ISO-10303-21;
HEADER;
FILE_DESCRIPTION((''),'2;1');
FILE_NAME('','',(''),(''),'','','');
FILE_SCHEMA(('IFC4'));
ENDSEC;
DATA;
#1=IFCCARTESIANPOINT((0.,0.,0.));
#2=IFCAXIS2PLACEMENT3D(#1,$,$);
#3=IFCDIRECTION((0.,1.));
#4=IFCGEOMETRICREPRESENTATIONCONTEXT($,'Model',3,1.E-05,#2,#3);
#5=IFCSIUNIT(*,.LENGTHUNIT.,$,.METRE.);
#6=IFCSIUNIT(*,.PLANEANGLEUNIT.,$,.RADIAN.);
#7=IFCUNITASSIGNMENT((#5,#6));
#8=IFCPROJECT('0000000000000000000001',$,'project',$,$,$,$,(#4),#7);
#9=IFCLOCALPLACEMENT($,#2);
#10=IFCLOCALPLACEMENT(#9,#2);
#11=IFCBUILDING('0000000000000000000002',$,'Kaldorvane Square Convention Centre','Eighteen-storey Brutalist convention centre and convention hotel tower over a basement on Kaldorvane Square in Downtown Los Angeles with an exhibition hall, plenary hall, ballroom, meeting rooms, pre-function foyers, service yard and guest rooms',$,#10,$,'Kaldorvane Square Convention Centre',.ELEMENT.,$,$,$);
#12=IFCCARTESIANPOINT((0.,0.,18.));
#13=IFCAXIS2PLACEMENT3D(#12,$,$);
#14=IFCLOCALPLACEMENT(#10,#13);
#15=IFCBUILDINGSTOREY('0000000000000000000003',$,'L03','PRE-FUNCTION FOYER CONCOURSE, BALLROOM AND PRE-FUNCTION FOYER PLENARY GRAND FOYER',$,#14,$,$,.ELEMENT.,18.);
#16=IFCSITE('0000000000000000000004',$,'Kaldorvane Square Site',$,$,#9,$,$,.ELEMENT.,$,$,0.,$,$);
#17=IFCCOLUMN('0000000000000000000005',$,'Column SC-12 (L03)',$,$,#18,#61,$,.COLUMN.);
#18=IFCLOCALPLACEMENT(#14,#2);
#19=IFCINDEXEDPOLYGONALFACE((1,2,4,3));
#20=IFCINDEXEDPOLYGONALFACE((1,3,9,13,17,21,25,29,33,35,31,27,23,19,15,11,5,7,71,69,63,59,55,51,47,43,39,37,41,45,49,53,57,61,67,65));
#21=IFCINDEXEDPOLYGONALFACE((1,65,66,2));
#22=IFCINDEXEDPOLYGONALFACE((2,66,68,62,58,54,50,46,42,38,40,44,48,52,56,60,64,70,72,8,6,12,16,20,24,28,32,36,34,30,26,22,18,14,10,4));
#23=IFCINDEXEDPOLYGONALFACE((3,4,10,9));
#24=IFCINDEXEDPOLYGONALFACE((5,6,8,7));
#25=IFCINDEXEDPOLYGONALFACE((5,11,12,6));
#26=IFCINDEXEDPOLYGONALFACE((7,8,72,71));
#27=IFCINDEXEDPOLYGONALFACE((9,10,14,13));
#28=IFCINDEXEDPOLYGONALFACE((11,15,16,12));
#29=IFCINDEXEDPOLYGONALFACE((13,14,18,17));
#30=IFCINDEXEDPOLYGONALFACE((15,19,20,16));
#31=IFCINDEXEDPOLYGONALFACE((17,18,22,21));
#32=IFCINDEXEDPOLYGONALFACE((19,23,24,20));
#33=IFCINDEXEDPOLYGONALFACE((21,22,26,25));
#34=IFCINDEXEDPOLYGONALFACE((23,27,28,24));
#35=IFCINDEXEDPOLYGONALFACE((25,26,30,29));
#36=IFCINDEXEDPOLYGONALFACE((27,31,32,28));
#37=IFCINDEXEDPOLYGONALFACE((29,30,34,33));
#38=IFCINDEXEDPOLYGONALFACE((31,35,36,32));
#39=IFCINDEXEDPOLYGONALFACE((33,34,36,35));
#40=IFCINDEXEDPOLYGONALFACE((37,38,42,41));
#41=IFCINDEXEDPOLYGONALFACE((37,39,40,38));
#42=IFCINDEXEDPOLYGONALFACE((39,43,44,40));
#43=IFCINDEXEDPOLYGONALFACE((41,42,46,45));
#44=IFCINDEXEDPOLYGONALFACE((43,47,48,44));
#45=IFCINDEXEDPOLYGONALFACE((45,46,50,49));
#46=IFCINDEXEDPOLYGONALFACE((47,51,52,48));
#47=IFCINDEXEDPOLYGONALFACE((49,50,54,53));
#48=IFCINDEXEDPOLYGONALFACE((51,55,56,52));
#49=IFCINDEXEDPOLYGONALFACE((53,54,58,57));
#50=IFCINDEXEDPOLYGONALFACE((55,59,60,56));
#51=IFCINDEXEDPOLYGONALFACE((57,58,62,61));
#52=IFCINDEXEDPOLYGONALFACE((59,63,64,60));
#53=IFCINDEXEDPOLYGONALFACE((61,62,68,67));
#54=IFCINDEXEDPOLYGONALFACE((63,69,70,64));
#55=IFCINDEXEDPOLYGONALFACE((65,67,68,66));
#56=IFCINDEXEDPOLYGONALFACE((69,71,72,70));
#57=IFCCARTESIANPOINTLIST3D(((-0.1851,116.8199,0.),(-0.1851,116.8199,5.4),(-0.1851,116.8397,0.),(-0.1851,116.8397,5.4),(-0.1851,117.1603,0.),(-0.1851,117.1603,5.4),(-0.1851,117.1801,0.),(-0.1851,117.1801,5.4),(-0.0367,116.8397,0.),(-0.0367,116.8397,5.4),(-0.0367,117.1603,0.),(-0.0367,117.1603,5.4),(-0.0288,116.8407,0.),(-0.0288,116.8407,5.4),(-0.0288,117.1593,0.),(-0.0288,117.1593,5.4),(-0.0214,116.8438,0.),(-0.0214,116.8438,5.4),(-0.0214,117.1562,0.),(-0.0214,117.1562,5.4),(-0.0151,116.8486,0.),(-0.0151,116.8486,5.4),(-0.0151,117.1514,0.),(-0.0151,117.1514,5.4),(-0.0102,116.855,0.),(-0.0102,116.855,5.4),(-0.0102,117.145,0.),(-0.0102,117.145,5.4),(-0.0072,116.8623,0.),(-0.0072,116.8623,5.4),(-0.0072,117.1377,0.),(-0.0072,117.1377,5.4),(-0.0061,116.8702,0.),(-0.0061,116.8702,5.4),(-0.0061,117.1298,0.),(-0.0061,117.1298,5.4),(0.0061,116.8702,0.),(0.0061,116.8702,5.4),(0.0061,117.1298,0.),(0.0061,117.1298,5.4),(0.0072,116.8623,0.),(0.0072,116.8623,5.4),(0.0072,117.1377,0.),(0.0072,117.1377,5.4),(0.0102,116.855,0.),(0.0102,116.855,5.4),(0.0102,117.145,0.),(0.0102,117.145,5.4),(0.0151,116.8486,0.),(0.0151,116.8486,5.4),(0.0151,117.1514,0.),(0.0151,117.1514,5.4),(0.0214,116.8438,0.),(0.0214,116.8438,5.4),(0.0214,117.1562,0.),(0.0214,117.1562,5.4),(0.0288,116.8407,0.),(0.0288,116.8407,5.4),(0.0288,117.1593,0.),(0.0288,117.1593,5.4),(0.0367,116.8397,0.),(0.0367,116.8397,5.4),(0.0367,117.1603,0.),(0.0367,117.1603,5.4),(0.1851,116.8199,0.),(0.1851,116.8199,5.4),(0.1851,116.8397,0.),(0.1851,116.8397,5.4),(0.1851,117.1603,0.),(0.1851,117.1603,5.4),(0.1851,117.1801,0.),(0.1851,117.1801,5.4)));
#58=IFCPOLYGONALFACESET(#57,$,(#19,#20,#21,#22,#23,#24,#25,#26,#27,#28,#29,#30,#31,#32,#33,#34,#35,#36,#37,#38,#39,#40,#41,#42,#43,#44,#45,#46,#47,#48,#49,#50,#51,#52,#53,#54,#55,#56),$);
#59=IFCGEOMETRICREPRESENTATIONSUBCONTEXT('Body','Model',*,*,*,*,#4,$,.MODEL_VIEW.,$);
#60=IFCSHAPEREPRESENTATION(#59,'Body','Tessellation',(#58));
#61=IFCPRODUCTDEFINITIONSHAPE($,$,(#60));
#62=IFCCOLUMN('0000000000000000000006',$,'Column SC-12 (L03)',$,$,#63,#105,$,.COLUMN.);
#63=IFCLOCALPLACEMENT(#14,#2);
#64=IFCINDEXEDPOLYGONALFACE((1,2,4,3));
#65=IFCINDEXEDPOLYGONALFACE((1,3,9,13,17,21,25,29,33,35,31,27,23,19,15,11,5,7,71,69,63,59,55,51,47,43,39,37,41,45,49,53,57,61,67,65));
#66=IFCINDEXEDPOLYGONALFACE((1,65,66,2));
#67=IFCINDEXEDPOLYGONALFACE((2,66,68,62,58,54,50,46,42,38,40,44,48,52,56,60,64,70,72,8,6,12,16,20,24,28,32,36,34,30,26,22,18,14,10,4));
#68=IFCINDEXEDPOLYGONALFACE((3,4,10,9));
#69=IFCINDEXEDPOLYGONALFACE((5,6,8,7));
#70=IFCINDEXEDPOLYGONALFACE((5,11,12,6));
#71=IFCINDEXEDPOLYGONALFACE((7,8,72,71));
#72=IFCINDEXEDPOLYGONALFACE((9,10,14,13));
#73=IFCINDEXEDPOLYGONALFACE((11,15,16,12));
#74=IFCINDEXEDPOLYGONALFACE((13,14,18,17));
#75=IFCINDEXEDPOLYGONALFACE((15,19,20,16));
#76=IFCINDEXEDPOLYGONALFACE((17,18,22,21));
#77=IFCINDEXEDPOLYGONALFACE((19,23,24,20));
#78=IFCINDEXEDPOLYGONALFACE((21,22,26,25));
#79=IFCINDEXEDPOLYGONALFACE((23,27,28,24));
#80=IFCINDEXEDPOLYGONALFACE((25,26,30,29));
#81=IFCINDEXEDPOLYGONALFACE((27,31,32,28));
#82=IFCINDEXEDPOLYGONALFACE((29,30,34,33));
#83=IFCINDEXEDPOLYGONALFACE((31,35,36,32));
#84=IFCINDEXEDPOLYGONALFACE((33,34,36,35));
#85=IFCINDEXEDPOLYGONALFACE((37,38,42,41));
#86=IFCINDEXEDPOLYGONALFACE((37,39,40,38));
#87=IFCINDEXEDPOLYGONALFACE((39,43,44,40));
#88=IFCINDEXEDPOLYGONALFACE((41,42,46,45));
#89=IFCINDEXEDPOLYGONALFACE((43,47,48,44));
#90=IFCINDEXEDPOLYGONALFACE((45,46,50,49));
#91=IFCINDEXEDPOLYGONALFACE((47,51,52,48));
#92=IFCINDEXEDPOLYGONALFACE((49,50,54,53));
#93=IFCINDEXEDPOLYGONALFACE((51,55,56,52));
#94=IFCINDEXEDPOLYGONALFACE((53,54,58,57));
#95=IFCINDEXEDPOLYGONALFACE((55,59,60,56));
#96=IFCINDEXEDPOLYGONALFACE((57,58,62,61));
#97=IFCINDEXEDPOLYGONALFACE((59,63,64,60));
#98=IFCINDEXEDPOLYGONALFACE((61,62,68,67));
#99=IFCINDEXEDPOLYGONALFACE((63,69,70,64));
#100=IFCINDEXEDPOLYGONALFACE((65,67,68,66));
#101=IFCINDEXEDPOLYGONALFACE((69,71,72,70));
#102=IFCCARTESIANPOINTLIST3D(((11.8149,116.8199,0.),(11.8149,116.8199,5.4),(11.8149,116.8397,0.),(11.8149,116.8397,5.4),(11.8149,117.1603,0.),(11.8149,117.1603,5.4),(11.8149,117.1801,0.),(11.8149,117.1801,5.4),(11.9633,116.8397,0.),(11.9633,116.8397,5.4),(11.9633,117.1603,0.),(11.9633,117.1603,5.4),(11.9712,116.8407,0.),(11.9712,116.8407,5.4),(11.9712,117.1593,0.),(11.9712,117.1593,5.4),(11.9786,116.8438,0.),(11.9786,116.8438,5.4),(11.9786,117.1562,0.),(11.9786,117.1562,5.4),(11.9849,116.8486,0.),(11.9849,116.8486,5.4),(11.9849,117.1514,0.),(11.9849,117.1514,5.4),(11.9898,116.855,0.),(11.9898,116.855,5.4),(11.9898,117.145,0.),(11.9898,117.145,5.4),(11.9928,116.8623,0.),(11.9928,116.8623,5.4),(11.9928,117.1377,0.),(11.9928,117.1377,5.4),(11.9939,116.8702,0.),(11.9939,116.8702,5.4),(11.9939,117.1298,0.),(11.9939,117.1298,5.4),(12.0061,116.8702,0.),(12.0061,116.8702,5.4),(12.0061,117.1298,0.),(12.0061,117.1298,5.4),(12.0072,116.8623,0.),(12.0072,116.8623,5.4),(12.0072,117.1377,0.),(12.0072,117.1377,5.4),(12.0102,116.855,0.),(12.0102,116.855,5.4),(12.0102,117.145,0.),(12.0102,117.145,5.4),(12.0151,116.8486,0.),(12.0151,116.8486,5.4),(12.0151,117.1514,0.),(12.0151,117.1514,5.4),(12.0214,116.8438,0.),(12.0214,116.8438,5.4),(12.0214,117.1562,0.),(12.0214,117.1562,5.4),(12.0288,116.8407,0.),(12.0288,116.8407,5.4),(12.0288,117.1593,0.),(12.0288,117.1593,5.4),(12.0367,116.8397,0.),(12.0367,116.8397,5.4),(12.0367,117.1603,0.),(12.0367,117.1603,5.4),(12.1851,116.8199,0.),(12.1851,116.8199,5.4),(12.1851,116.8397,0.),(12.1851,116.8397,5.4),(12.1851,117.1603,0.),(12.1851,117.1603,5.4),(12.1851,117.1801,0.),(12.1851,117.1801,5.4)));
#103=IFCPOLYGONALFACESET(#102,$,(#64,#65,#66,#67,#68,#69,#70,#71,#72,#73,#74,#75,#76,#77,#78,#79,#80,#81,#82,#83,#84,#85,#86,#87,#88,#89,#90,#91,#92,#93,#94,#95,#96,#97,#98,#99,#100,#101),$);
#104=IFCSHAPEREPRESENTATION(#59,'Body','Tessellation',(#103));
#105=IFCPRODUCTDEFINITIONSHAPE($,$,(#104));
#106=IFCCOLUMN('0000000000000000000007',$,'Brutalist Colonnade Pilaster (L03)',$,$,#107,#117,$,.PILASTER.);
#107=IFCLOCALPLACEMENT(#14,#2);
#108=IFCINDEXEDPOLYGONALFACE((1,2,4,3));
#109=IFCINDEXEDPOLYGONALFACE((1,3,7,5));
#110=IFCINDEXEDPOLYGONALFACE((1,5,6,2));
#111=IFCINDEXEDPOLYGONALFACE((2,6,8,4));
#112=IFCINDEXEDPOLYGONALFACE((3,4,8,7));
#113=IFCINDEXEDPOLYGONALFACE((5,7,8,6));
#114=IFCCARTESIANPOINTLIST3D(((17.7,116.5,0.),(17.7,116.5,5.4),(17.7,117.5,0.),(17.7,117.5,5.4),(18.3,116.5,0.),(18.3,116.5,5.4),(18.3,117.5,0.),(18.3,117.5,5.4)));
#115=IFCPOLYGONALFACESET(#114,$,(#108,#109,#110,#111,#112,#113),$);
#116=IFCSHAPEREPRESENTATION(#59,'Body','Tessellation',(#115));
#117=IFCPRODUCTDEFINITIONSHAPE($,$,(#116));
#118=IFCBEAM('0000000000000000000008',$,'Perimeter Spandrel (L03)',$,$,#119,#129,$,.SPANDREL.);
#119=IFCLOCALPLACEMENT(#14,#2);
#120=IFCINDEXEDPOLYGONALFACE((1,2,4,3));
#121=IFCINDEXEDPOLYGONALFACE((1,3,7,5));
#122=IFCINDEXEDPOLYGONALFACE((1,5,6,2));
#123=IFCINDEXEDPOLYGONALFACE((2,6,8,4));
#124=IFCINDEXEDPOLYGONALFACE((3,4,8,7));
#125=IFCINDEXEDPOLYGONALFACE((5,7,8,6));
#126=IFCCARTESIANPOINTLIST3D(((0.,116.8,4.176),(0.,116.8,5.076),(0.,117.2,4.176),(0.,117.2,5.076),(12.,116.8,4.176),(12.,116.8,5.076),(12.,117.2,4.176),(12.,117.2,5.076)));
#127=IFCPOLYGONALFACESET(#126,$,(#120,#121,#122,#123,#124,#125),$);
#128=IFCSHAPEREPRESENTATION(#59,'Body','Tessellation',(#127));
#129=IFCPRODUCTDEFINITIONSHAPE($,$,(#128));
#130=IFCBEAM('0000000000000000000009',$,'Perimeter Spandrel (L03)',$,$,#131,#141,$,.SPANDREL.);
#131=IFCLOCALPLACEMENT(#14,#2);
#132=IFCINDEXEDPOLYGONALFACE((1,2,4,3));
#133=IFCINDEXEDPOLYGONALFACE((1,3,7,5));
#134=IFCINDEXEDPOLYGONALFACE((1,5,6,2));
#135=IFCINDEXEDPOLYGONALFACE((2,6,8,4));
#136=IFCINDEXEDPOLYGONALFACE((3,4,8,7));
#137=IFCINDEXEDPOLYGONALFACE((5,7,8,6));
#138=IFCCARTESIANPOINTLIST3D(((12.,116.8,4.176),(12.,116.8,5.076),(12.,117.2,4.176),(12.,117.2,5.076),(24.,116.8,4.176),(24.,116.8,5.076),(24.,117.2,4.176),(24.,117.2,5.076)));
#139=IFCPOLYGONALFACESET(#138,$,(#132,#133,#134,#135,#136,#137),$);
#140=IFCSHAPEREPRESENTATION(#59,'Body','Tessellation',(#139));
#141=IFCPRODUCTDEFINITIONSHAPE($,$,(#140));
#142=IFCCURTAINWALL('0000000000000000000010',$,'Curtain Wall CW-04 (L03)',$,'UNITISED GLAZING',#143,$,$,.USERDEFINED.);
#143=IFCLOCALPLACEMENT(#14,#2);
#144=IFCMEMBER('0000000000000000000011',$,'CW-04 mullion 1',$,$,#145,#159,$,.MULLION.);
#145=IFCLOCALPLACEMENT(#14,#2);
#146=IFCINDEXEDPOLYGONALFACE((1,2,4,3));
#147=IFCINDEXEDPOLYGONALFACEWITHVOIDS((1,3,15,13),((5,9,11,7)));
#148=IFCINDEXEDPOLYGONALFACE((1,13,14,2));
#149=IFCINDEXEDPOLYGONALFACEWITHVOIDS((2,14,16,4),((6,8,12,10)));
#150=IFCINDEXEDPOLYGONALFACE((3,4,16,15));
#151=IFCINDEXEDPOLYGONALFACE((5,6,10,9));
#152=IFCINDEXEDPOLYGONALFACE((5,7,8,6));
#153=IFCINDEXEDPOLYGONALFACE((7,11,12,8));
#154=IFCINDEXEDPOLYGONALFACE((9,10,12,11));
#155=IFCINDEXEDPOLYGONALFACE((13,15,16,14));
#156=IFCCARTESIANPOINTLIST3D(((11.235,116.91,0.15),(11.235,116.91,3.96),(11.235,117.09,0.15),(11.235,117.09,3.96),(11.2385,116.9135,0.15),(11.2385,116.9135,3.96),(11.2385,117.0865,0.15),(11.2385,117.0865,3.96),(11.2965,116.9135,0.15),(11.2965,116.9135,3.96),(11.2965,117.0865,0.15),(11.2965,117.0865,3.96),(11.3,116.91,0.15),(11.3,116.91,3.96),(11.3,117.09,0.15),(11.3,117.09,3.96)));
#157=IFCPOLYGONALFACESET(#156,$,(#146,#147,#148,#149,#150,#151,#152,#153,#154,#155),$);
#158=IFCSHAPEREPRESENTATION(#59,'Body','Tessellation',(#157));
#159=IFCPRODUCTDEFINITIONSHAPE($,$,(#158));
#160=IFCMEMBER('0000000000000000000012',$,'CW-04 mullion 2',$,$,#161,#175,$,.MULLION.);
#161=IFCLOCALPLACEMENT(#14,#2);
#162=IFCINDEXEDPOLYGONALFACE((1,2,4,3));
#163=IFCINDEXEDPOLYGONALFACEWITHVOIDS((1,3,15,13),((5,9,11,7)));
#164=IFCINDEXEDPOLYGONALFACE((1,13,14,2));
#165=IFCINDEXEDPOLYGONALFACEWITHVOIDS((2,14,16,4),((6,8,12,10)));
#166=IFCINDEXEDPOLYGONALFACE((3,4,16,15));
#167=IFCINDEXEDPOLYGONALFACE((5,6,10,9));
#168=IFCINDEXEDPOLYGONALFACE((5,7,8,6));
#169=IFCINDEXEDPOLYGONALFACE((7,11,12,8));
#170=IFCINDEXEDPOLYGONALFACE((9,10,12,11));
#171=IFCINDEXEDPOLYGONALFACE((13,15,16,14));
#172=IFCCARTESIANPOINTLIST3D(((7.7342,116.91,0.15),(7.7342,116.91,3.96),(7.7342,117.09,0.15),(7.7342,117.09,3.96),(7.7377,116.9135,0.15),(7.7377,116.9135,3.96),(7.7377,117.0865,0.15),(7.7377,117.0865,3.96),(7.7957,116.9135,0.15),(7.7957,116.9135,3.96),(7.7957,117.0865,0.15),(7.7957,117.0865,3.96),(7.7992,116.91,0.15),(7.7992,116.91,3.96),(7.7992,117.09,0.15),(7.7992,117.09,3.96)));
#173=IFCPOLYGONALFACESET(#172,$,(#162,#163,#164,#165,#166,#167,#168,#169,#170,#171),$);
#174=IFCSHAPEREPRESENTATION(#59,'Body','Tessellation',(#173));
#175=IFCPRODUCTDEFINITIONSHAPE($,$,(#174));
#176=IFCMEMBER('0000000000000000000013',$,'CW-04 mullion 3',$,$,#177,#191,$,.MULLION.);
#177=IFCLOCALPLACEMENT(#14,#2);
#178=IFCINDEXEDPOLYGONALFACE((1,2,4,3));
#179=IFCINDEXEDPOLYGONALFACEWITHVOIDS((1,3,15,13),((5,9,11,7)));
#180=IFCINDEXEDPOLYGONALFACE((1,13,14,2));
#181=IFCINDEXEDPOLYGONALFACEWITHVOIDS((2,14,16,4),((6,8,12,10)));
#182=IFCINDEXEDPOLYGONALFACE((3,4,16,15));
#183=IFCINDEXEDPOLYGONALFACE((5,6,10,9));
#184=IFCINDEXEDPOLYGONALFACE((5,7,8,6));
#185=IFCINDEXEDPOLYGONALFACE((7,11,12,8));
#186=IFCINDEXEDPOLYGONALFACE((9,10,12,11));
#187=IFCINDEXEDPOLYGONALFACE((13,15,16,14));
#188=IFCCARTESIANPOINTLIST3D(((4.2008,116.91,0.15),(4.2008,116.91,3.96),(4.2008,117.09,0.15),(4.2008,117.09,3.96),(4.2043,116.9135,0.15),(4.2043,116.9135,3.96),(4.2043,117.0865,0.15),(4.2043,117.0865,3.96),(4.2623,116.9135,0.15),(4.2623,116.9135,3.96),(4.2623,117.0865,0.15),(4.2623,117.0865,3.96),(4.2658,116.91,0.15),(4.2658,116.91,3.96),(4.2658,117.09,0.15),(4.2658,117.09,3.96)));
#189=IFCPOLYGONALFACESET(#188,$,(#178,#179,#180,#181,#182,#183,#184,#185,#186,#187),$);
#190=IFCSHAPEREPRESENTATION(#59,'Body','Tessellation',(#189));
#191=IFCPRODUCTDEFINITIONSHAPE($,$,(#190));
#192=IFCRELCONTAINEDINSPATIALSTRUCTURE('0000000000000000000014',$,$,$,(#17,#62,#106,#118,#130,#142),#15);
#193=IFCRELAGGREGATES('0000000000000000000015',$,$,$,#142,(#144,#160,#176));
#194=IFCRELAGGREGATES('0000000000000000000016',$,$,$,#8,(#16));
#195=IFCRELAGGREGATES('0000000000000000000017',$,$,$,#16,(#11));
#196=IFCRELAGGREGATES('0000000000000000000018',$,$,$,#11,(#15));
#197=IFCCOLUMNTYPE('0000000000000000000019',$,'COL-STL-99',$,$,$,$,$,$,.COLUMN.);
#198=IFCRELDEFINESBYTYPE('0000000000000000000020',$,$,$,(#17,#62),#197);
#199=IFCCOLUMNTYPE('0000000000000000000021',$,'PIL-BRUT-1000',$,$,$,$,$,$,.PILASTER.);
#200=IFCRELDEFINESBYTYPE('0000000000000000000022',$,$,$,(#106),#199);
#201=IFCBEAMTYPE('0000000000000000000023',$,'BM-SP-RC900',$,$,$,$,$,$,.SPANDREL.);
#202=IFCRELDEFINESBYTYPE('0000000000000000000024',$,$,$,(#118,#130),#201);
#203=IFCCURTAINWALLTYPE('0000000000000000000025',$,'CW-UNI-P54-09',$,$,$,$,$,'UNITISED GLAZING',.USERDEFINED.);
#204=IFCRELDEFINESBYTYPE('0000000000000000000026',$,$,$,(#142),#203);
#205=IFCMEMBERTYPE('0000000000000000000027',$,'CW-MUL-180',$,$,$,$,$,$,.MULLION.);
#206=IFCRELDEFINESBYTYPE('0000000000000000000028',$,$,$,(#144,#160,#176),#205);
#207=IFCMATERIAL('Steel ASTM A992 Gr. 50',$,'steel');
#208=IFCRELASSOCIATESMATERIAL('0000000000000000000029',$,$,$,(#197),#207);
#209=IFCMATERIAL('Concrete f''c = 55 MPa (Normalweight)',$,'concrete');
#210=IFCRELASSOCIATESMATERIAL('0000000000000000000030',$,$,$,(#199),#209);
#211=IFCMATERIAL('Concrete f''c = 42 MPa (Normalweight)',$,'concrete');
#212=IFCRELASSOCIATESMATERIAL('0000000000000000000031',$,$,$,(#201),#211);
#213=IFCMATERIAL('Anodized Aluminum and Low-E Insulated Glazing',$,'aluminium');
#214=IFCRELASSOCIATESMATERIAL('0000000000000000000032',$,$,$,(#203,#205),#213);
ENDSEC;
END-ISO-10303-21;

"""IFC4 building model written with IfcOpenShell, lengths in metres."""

from ifc_helpers import new_model, si_unit, direction, frame, origin, origin_2d, place, context, subcontext, project, spatial, rectangle, hollow_rectangle, i_section, extrude, material, material_profile, profile_set, type_object, element, aggregate, save


model = new_model("IFC4")

# Units and contexts
model_context = context("Model", 3, precision=1e-05, world=origin(), true_north=direction((0.0, 1.0)))
body_context = subcontext(model_context, "Body", "Model", "MODEL_VIEW")
ifc_project = project(units=[si_unit("LENGTHUNIT", "METRE"), si_unit("PLANEANGLEUNIT", "RADIAN")], contexts=[model_context])

# Site, building, storey
site_placement = place(None, origin())
site = spatial("IfcSite", under=ifc_project, at=site_placement, Name="Kaldorvane Square Site", CompositionType="ELEMENT", RefElevation=0.0)
building_placement = place(site_placement, origin())
building = spatial("IfcBuilding", under=site, at=building_placement, Name="Kaldorvane Square Convention Centre", Description="Eighteen-storey Brutalist convention centre and convention hotel tower over a basement on Kaldorvane Square in Downtown Los Angeles with an exhibition hall, plenary hall, ballroom, meeting rooms, pre-function foyers, service yard and guest rooms", LongName="Kaldorvane Square Convention Centre", CompositionType="ELEMENT")
storey_placement = place(building_placement, frame((0.0, 0.0, 18.0)))
storey = spatial("IfcBuildingStorey", under=building, at=storey_placement, Name="L03", Description="PRE-FUNCTION FOYER CONCOURSE, BALLROOM AND PRE-FUNCTION FOYER PLENARY GRAND FOYER", CompositionType="ELEMENT", Elevation=18.0)

# Columns
ifc_material_1 = material(Name="Steel ASTM A992 Gr. 50", Category="steel")
ifc_material_profile_1 = material_profile(ifc_material_1, i_section(OverallWidth=0.3701, OverallDepth=0.3602, WebThickness=0.0123, FlangeThickness=0.0198, FilletRadius=0.0305, at=origin_2d()), Name="W14X99")
ifc_profile_set_1 = profile_set([ifc_material_profile_1], Name="Steel ASTM A992 Gr. 50")
column_type_1 = type_object("IfcColumnType", Name="COL-STL-99", PredefinedType="COLUMN", material=ifc_profile_set_1)
for number, where, z_axis, x_axis, name in (
    (1, (0.0, 117.0, 0.0), (0.0, 0.0, 1.0), (1.0, 0.0, 0.0), "Column SC-12 (L03)"),
    (2, (12.0, 117.0, 0.0), (0.0, 0.0, 1.0), (1.0, 0.0, 0.0), "Column SC-12 (L03)"),
):
    element("IfcColumn", number, at=place(storey_placement, frame(where, z_axis=z_axis, x_axis=x_axis)), inside=storey, type_object=column_type_1, Name=name, PredefinedType="COLUMN", context=body_context, shape_type="SweptSolid", body=[
        extrude(i_section(OverallWidth=0.3701, OverallDepth=0.3602, WebThickness=0.0123, FlangeThickness=0.0198, FilletRadius=0.0305, at=origin_2d()), origin(), (0.0, 0.0, 1.0), 5.4),
    ])
ifc_material_2 = material(Name="Concrete f'c = 55 MPa (Normalweight)", Category="concrete")
ifc_material_profile_2 = material_profile(ifc_material_2, rectangle(XDim=0.6, YDim=1.0, at=origin_2d()), Name="PIL1000X600")
ifc_profile_set_2 = profile_set([ifc_material_profile_2], Name="Concrete f'c = 55 MPa (Normalweight)")
column_type_2 = type_object("IfcColumnType", Name="PIL-BRUT-1000", PredefinedType="PILASTER", material=ifc_profile_set_2)
column_placement = place(storey_placement, frame((18.0, 117.0, 0.0), z_axis=(0.0, 0.0, 1.0), x_axis=(1.0, 0.0, 0.0)))
element("IfcColumn", 3, at=column_placement, inside=storey, type_object=column_type_2, Name="Brutalist Colonnade Pilaster (L03)", PredefinedType="PILASTER", context=body_context, shape_type="SweptSolid", body=[
    extrude(rectangle(XDim=0.6, YDim=1.0, at=origin_2d()), origin(), (0.0, 0.0, 1.0), 5.4),
])

# Beams
ifc_material_3 = material(Name="Concrete f'c = 42 MPa (Normalweight)", Category="concrete")
ifc_material_profile_3 = material_profile(ifc_material_3, rectangle(XDim=0.4, YDim=0.9, at=origin_2d()), Name="RCSP900X400")
ifc_profile_set_3 = profile_set([ifc_material_profile_3], Name="Concrete f'c = 42 MPa (Normalweight)")
beam_type = type_object("IfcBeamType", Name="BM-SP-RC900", PredefinedType="SPANDREL", material=ifc_profile_set_3)
for number, where, z_axis, x_axis, name in (
    (4, (0.0, 117.0, 4.626), (1.0, 0.0, 0.0), (0.0, 1.0, 0.0), "Perimeter Spandrel (L03)"),
    (5, (12.0, 117.0, 4.626), (1.0, 0.0, 0.0), (0.0, 1.0, 0.0), "Perimeter Spandrel (L03)"),
):
    element("IfcBeam", number, at=place(storey_placement, frame(where, z_axis=z_axis, x_axis=x_axis)), inside=storey, type_object=beam_type, Name=name, PredefinedType="SPANDREL", context=body_context, shape_type="SweptSolid", body=[
        extrude(rectangle(XDim=0.4, YDim=0.9, at=origin_2d()), origin(), (0.0, 0.0, 1.0), 12.0),
    ])

# Curtain wall, members
ifc_material_4 = material(Name="Anodized Aluminum and Low-E Insulated Glazing", Category="aluminium")
curtain_wall_type = type_object("IfcCurtainWallType", Name="CW-UNI-P54-09", ElementType="UNITISED GLAZING", PredefinedType="USERDEFINED", material=ifc_material_4)
curtain_wall_placement = place(storey_placement, origin())
curtain_wall = element("IfcCurtainWall", 6, at=curtain_wall_placement, inside=storey, type_object=curtain_wall_type, Name="Curtain Wall CW-04 (L03)", ObjectType="UNITISED GLAZING", PredefinedType="USERDEFINED")
ifc_material_profile_4 = material_profile(ifc_material_4, hollow_rectangle(XDim=0.065, YDim=0.18, WallThickness=0.0035, at=origin_2d()), Name="CWM-180X65")
ifc_profile_set_4 = profile_set([ifc_material_profile_4], Name="Anodized Aluminum and Low-E Insulated Glazing")
member_type_1 = type_object("IfcMemberType", Name="CW-MUL-180", PredefinedType="MULLION", material=ifc_profile_set_4)
member_1_placement = place(storey_placement, frame((11.2675, 117.0, 0.15), z_axis=(0.0, 0.0, 1.0), x_axis=(-1.0, 0.0, 0.0)))
member_1 = element("IfcMember", 7, at=member_1_placement, type_object=member_type_1, Name="CW-04 mullion 1", PredefinedType="MULLION", context=body_context, shape_type="SweptSolid", body=[
    extrude(hollow_rectangle(XDim=0.065, YDim=0.18, WallThickness=0.0035, at=origin_2d()), origin(), (0.0, 0.0, 1.0), 3.81),
])
member_2_placement = place(storey_placement, frame((7.7667, 117.0, 0.15), z_axis=(0.0, 0.0, 1.0), x_axis=(-1.0, 0.0, 0.0)))
member_2 = element("IfcMember", 8, at=member_2_placement, type_object=member_type_1, Name="CW-04 mullion 2", PredefinedType="MULLION", context=body_context, shape_type="SweptSolid", body=[
    extrude(hollow_rectangle(XDim=0.065, YDim=0.18, WallThickness=0.0035, at=origin_2d()), origin(), (0.0, 0.0, 1.0), 3.81),
])
member_3_placement = place(storey_placement, frame((4.2333, 117.0, 0.15), z_axis=(0.0, 0.0, 1.0), x_axis=(-1.0, 0.0, 0.0)))
member_3 = element("IfcMember", 9, at=member_3_placement, type_object=member_type_1, Name="CW-04 mullion 3", PredefinedType="MULLION", context=body_context, shape_type="SweptSolid", body=[
    extrude(hollow_rectangle(XDim=0.065, YDim=0.18, WallThickness=0.0035, at=origin_2d()), origin(), (0.0, 0.0, 1.0), 3.81),
])
aggregate(curtain_wall, [member_1, member_2, member_3])

save(model, "model.ifc")
